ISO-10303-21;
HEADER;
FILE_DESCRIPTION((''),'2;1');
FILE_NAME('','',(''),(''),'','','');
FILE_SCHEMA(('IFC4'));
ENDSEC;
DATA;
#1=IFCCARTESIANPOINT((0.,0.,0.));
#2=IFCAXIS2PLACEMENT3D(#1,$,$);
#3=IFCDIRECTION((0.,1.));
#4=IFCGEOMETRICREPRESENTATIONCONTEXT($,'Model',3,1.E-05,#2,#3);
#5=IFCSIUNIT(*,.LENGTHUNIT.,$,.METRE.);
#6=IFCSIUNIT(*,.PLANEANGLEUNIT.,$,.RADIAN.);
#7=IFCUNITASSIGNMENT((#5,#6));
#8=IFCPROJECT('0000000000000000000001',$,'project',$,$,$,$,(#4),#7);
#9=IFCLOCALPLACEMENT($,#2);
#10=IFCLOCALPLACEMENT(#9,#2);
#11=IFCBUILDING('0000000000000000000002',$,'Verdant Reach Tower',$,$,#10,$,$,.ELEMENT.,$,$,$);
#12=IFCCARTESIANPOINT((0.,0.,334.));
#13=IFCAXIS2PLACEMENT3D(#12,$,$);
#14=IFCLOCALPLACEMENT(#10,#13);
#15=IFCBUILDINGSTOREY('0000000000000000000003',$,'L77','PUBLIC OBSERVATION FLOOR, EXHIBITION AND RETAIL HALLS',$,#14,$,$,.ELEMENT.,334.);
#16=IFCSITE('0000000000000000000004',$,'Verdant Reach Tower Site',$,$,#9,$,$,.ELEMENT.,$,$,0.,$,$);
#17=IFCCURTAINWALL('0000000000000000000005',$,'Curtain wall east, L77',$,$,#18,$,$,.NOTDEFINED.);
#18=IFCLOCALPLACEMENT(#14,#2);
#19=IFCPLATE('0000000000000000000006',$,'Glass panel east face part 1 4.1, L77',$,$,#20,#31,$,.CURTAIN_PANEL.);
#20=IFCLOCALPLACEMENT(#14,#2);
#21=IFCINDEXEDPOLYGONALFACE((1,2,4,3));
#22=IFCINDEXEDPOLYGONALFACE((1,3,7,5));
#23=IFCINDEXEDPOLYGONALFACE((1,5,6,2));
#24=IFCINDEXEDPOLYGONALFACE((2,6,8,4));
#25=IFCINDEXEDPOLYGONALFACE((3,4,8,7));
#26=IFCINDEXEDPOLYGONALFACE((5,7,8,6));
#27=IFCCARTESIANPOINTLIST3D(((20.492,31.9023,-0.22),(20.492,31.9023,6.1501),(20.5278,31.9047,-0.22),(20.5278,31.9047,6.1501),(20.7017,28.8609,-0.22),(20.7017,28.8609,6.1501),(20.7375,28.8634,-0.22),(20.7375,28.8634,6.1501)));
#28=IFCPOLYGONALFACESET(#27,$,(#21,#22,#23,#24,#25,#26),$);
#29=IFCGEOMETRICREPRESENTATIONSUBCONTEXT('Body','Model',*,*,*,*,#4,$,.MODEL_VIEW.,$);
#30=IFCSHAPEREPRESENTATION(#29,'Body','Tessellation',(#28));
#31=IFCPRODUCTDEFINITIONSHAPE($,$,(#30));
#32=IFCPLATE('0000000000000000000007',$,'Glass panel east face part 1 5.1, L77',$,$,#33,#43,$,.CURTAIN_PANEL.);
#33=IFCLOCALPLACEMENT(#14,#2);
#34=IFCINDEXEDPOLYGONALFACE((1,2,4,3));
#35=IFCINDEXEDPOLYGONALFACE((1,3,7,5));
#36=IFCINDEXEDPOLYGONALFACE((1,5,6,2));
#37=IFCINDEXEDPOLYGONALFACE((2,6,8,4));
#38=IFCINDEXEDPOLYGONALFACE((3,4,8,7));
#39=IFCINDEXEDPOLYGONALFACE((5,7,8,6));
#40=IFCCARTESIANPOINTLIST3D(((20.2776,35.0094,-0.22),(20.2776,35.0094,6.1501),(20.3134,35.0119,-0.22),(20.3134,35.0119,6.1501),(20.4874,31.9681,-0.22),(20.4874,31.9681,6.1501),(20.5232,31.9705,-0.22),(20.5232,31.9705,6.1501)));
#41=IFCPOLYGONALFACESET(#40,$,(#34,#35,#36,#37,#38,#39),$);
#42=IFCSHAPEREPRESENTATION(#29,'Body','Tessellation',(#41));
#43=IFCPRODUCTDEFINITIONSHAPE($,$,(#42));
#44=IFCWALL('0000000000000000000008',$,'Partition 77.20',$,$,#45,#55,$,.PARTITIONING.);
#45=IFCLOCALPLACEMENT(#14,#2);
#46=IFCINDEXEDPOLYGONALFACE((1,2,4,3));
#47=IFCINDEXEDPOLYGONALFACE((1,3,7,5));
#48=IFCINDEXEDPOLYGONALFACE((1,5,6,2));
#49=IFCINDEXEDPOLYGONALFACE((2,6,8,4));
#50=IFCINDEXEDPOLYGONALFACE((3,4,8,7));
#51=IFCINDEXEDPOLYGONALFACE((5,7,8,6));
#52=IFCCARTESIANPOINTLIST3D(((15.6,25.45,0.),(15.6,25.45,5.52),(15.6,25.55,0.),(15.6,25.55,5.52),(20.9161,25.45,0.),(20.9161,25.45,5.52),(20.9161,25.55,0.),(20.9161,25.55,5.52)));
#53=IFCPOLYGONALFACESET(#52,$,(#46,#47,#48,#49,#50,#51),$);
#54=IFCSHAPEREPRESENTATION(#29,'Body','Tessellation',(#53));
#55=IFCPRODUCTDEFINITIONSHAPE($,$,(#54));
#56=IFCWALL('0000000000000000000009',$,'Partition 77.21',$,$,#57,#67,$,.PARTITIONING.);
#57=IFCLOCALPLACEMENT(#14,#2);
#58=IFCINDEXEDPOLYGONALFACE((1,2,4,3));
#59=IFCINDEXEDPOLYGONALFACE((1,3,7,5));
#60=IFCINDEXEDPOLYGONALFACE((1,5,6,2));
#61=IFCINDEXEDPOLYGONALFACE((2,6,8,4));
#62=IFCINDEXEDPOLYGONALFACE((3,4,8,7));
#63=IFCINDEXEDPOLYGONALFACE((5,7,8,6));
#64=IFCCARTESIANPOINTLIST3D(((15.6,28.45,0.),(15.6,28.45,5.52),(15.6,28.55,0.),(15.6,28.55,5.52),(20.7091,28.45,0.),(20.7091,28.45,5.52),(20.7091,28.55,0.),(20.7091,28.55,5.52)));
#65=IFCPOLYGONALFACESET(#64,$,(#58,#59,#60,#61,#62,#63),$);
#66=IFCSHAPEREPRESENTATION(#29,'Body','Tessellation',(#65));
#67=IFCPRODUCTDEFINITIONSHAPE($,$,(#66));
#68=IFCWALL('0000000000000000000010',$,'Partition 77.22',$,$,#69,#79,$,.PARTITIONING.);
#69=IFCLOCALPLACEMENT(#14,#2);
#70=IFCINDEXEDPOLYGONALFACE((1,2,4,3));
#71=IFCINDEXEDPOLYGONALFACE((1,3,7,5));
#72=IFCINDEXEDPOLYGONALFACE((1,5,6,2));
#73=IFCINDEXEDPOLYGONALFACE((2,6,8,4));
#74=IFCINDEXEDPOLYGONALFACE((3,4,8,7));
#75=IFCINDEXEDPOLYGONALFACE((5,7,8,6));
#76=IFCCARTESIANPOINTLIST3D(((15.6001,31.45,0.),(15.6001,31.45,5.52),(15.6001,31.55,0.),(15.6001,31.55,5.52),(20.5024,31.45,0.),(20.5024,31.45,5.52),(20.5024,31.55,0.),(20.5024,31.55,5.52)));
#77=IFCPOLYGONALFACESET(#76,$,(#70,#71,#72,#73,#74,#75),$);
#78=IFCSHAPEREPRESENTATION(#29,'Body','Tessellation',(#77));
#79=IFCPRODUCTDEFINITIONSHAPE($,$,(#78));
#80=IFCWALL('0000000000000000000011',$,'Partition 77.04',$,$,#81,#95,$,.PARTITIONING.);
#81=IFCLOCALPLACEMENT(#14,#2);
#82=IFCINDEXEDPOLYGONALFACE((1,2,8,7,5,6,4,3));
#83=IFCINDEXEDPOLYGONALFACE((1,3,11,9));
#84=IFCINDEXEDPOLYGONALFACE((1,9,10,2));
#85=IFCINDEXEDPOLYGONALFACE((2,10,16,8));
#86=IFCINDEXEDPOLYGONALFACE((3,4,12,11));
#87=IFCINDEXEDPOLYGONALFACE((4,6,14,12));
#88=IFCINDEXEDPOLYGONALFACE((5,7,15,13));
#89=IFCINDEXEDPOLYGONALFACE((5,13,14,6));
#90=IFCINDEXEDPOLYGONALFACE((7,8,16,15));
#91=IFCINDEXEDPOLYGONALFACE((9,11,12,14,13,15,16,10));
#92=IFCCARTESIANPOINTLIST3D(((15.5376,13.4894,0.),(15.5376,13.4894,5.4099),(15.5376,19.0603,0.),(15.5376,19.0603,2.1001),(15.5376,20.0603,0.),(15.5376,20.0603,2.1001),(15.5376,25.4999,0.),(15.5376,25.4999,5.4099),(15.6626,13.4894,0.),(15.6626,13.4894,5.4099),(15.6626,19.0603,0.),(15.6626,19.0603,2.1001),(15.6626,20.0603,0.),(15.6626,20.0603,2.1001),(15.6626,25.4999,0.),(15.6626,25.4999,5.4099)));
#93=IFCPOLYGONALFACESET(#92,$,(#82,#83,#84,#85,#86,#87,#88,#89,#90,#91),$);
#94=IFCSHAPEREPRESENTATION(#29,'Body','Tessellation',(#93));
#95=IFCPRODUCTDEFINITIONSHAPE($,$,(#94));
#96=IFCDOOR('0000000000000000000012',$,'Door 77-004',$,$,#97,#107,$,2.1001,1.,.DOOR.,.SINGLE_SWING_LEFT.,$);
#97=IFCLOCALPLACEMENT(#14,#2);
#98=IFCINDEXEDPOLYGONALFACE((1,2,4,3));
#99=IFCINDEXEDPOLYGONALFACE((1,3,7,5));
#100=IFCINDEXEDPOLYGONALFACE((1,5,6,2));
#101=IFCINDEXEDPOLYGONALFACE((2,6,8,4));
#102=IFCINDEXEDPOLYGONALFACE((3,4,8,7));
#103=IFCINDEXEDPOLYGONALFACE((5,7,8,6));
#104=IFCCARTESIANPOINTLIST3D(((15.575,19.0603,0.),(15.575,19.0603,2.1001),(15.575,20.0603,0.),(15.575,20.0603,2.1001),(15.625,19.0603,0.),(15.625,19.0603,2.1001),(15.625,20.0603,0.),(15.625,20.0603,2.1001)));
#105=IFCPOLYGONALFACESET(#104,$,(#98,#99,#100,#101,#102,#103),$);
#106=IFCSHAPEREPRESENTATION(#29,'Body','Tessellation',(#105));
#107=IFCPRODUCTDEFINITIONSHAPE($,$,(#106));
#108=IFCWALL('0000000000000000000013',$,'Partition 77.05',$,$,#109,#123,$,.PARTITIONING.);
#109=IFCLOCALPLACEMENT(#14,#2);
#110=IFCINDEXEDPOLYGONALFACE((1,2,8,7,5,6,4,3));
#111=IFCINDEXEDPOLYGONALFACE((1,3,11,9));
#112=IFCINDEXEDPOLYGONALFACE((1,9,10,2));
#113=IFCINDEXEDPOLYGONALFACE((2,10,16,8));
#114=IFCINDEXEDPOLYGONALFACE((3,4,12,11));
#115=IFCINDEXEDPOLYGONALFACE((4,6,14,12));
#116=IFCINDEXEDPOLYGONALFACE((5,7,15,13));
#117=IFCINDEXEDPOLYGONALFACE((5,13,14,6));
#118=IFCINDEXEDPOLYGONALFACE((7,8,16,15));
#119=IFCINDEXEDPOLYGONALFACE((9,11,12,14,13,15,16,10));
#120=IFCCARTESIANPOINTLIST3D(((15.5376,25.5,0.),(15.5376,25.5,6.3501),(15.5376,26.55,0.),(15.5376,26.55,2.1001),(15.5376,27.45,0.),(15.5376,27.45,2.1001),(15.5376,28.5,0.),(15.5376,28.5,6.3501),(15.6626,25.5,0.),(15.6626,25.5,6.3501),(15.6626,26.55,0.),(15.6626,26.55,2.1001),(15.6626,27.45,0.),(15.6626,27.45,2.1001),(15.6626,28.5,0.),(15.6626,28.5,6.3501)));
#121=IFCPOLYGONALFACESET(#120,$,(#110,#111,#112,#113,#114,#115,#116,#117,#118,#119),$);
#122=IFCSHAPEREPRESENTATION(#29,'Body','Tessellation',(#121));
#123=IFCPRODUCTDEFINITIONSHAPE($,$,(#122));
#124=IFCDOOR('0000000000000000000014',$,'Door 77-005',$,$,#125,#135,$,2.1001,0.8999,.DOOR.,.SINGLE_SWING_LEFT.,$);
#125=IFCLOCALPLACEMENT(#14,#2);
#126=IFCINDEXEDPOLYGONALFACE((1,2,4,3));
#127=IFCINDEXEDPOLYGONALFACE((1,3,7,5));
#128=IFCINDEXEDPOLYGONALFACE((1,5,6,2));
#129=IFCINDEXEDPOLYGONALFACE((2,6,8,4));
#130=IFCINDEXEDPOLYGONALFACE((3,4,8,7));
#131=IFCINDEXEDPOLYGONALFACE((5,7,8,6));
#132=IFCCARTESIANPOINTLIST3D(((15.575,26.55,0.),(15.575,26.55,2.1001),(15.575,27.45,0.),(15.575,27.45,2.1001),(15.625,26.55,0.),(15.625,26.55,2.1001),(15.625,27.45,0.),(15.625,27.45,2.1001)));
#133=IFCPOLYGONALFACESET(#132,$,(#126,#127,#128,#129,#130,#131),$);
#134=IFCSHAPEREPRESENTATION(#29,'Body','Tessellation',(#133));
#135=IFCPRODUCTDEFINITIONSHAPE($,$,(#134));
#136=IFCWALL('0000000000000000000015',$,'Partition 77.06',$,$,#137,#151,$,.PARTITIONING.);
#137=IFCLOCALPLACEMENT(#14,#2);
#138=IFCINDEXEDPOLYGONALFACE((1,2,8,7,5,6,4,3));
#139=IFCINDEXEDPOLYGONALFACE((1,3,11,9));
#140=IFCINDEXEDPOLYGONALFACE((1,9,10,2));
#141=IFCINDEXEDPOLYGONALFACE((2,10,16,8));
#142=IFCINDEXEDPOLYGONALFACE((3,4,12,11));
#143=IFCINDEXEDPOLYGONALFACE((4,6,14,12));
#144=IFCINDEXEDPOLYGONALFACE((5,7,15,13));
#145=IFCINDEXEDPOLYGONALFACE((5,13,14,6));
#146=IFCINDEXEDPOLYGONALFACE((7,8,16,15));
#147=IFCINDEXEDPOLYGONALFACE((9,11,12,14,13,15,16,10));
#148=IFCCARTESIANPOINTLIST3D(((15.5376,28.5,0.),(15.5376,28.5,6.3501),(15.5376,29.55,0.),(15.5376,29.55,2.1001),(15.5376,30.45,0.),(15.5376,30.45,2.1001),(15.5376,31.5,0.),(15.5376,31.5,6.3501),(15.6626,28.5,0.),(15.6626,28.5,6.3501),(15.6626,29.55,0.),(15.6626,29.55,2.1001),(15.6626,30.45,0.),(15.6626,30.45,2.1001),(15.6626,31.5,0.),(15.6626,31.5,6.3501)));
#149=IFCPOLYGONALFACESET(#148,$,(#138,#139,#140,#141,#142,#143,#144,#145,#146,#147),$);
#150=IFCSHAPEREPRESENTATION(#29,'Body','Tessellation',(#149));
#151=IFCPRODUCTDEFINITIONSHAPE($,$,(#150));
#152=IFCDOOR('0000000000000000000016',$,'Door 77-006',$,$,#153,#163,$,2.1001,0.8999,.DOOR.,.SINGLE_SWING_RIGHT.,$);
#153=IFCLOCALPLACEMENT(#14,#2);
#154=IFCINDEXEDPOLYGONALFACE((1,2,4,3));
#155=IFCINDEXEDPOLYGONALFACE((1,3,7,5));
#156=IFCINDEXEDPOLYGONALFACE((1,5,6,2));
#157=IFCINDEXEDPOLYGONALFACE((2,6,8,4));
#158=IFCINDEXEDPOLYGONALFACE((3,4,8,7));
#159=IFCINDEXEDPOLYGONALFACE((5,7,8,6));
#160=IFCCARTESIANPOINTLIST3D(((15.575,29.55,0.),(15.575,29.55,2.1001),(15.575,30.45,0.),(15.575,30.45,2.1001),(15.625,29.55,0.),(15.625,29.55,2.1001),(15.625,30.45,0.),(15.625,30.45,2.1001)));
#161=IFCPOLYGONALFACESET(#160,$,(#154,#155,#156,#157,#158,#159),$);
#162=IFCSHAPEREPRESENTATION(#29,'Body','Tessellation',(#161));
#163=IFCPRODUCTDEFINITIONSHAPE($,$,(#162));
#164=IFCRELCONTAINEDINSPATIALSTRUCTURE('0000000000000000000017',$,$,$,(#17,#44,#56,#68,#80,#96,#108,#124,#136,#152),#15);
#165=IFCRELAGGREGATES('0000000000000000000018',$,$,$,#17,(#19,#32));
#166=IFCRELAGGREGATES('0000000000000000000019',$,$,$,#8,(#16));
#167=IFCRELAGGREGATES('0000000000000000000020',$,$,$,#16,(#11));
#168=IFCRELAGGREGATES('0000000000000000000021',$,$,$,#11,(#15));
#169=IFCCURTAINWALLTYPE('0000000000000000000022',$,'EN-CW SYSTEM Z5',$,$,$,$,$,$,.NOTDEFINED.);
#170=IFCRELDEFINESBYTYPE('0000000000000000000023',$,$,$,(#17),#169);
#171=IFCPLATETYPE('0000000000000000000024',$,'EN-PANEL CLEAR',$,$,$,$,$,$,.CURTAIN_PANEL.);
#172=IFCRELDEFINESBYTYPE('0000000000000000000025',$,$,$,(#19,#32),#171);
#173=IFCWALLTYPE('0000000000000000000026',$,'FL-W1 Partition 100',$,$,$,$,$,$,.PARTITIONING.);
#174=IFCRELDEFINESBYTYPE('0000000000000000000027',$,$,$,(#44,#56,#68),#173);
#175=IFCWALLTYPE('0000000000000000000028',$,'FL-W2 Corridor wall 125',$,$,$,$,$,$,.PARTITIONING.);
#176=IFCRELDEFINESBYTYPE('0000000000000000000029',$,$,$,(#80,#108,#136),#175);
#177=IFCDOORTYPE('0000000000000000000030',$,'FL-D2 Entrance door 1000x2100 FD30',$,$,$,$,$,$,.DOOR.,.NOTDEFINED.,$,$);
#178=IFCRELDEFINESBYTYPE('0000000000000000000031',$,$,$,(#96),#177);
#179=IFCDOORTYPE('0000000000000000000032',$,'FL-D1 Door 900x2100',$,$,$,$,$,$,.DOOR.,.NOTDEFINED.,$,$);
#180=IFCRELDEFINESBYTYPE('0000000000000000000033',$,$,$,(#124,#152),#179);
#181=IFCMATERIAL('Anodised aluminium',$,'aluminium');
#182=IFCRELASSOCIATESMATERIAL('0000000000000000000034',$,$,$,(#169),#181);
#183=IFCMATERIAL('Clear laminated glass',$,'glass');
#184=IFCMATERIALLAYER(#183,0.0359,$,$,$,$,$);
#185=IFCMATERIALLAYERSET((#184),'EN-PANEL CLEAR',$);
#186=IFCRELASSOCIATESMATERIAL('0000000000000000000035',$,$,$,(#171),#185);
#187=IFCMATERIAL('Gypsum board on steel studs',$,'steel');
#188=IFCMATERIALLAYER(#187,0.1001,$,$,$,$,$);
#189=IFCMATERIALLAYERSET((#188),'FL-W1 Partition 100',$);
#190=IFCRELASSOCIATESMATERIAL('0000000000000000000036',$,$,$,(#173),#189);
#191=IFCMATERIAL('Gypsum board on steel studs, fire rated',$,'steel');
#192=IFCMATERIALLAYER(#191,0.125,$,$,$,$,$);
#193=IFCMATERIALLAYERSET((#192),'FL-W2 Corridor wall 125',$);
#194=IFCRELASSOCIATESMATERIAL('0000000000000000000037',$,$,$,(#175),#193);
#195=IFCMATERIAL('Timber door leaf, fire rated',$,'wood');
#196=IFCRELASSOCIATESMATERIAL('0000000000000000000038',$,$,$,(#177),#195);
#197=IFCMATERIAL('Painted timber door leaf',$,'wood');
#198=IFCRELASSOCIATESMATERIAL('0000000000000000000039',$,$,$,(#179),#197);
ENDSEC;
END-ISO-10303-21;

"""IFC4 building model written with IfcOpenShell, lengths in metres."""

from ifc_helpers import new_model, si_unit, direction, frame, frame_2d, origin, origin_2d, place, context, subcontext, project, spatial, rectangle, extrude, material, layer, layer_set, type_object, element, fill, aggregate, save


model = new_model("IFC4")

# Units and contexts
model_context = context("Model", 3, precision=1e-05, world=origin(), true_north=direction((0.0, 1.0)))
body_context = subcontext(model_context, "Body", "Model", "MODEL_VIEW")
ifc_project = project(units=[si_unit("LENGTHUNIT", "METRE"), si_unit("PLANEANGLEUNIT", "RADIAN")], contexts=[model_context])

# Site, building, storey
site_placement = place(None, origin())
site = spatial("IfcSite", under=ifc_project, at=site_placement, Name="Verdant Reach Tower Site", CompositionType="ELEMENT", RefElevation=0.0)
building_placement = place(site_placement, origin())
building = spatial("IfcBuilding", under=site, at=building_placement, Name="Verdant Reach Tower", CompositionType="ELEMENT")
storey_placement = place(building_placement, frame((0.0, 0.0, 334.0)))
storey = spatial("IfcBuildingStorey", under=building, at=storey_placement, Name="L77", Description="PUBLIC OBSERVATION FLOOR, EXHIBITION AND RETAIL HALLS", CompositionType="ELEMENT", Elevation=334.0)

# Curtain wall
ifc_material_1 = material(Name="Anodised aluminium", Category="aluminium")
curtain_wall_type = type_object("IfcCurtainWallType", Name="EN-CW SYSTEM Z5", PredefinedType="NOTDEFINED", material=ifc_material_1)
curtain_wall_placement = place(storey_placement, origin())
curtain_wall = element("IfcCurtainWall", 1, at=curtain_wall_placement, inside=storey, type_object=curtain_wall_type, Name="Curtain wall east, L77", PredefinedType="NOTDEFINED")

# Plates
ifc_material_2 = material(Name="Clear laminated glass", Category="glass")
ifc_layer_1 = layer(ifc_material_2, 0.0359)
ifc_layer_set_1 = layer_set([ifc_layer_1], Name="EN-PANEL CLEAR")
plate_type = type_object("IfcPlateType", Name="EN-PANEL CLEAR", PredefinedType="CURTAIN_PANEL", material=ifc_layer_set_1)
plate_1_placement = place(storey_placement, frame((20.6147, 30.3828, -0.22), z_axis=(0.0, 0.0, 1.0), x_axis=(-0.068802, 0.99763, 0.0)))
plate_1 = element("IfcPlate", 2, at=plate_1_placement, type_object=plate_type, Name="Glass panel east face part 1 4.1, L77", PredefinedType="CURTAIN_PANEL", context=body_context, shape_type="SweptSolid", body=[
    extrude(rectangle(XDim=3.0486, YDim=0.0359, at=origin_2d()), origin(), (0.0, 0.0, 1.0), 6.3701),
])
plate_2_placement = place(storey_placement, frame((20.4004, 33.49, -0.22), z_axis=(0.0, 0.0, 1.0), x_axis=(-0.068802, 0.99763, 0.0)))
plate_2 = element("IfcPlate", 3, at=plate_2_placement, type_object=plate_type, Name="Glass panel east face part 1 5.1, L77", PredefinedType="CURTAIN_PANEL", context=body_context, shape_type="SweptSolid", body=[
    extrude(rectangle(XDim=3.0486, YDim=0.0359, at=origin_2d()), origin(), (0.0, 0.0, 1.0), 6.3701),
])
aggregate(curtain_wall, [plate_1, plate_2])

# Walls
ifc_material_3 = material(Name="Gypsum board on steel studs", Category="steel")
ifc_layer_2 = layer(ifc_material_3, 0.1001)
ifc_layer_set_2 = layer_set([ifc_layer_2], Name="FL-W1 Partition 100")
wall_type_1 = type_object("IfcWallType", Name="FL-W1 Partition 100", PredefinedType="PARTITIONING", material=ifc_layer_set_2)
wall_1_placement = place(storey_placement, frame((20.9163, 25.5, 0.0), z_axis=(0.0, 0.0, 1.0), x_axis=(-1.0, 0.0, 0.0)))
element("IfcWall", 4, at=wall_1_placement, inside=storey, type_object=wall_type_1, Name="Partition 77.20", PredefinedType="PARTITIONING", context=body_context, shape_type="SweptSolid", body=[
    extrude(rectangle(XDim=5.3162, YDim=0.1001, at=frame_2d((2.6582, 0.0))), origin(), (0.0, 0.0, 1.0), 5.52),
])
wall_2_placement = place(storey_placement, frame((20.7092, 28.5, 0.0), z_axis=(0.0, 0.0, 1.0), x_axis=(-1.0, 0.0, 0.0)))
element("IfcWall", 5, at=wall_2_placement, inside=storey, type_object=wall_type_1, Name="Partition 77.21", PredefinedType="PARTITIONING", context=body_context, shape_type="SweptSolid", body=[
    extrude(rectangle(XDim=5.1091, YDim=0.1001, at=frame_2d((2.5547, 0.0))), origin(), (0.0, 0.0, 1.0), 5.52),
])
wall_3_placement = place(storey_placement, frame((20.5024, 31.5, 0.0), z_axis=(0.0, 0.0, 1.0), x_axis=(-1.0, 0.0, 0.0)))
element("IfcWall", 6, at=wall_3_placement, inside=storey, type_object=wall_type_1, Name="Partition 77.22", PredefinedType="PARTITIONING", context=body_context, shape_type="SweptSolid", body=[
    extrude(rectangle(XDim=4.9023, YDim=0.1001, at=frame_2d((2.4512, 0.0))), origin(), (0.0, 0.0, 1.0), 5.52),
])

# Walls, openings, doors
ifc_material_4 = material(Name="Gypsum board on steel studs, fire rated", Category="steel")
ifc_layer_3 = layer(ifc_material_4, 0.125)
ifc_layer_set_3 = layer_set([ifc_layer_3], Name="FL-W2 Corridor wall 125")
wall_type_2 = type_object("IfcWallType", Name="FL-W2 Corridor wall 125", PredefinedType="PARTITIONING", material=ifc_layer_set_3)
wall_4_placement = place(storey_placement, frame((15.6001, 25.5, 0.0), z_axis=(0.0, 0.0, 1.0), x_axis=(0.0, -1.0, 0.0)))
wall_4 = element("IfcWall", 7, at=wall_4_placement, inside=storey, type_object=wall_type_2, Name="Partition 77.04", PredefinedType="PARTITIONING", context=body_context, shape_type="SweptSolid", body=[
    extrude(rectangle(XDim=12.0105, YDim=0.125, at=frame_2d((6.0054, 0.0))), origin(), (0.0, 0.0, 1.0), 5.4099),
])
opening_1_placement = place(wall_4_placement, frame((5.4397, 0.0, 0.0)))
opening_1 = element("IfcOpeningElement", 8, at=opening_1_placement, cuts=wall_4, PredefinedType="OPENING", context=body_context, shape_type="SweptSolid", body=[
    extrude(rectangle(XDim=1.0, YDim=2.1001, at=frame_2d((0.5, 1.05))), frame((0.0, 0.0725, 0.0), z_axis=(0.0, -1.0, 0.0), x_axis=(1.0, 0.0, 0.0)), (0.0, 0.0, 1.0), 0.145),
])
ifc_material_5 = material(Name="Timber door leaf, fire rated", Category="wood")
door_type_1 = type_object("IfcDoorType", Name="FL-D2 Entrance door 1000x2100 FD30", OperationType="NOTDEFINED", PredefinedType="DOOR", material=ifc_material_5)
door_1_placement = place(opening_1_placement, origin())
door_1 = element("IfcDoor", 9, at=door_1_placement, inside=storey, type_object=door_type_1, Name="Door 77-004", OperationType="SINGLE_SWING_LEFT", OverallHeight=2.1001, OverallWidth=1.0, PredefinedType="DOOR", context=body_context, shape_type="SweptSolid", body=[
    extrude(rectangle(XDim=1.0, YDim=2.1001, at=frame_2d((0.5, 1.05))), frame((0.0, 0.0249, 0.0), z_axis=(0.0, -1.0, 0.0), x_axis=(1.0, 0.0, 0.0)), (0.0, 0.0, 1.0), 0.05),
])
fill(opening_1, door_1)
wall_5_placement = place(storey_placement, frame((15.6001, 28.5, 0.0), z_axis=(0.0, 0.0, 1.0), x_axis=(0.0, -1.0, 0.0)))
wall_5 = element("IfcWall", 10, at=wall_5_placement, inside=storey, type_object=wall_type_2, Name="Partition 77.05", PredefinedType="PARTITIONING", context=body_context, shape_type="SweptSolid", body=[
    extrude(rectangle(XDim=3.0, YDim=0.125, at=frame_2d((1.5, 0.0))), origin(), (0.0, 0.0, 1.0), 6.3501),
])
opening_2_placement = place(wall_5_placement, frame((1.05, 0.0, 0.0)))
opening_2 = element("IfcOpeningElement", 11, at=opening_2_placement, cuts=wall_5, PredefinedType="OPENING", context=body_context, shape_type="SweptSolid", body=[
    extrude(rectangle(XDim=0.8999, YDim=2.1001, at=frame_2d((0.45, 1.05))), frame((0.0, 0.0725, 0.0), z_axis=(0.0, -1.0, 0.0), x_axis=(1.0, 0.0, 0.0)), (0.0, 0.0, 1.0), 0.145),
])
ifc_material_6 = material(Name="Painted timber door leaf", Category="wood")
door_type_2 = type_object("IfcDoorType", Name="FL-D1 Door 900x2100", OperationType="NOTDEFINED", PredefinedType="DOOR", material=ifc_material_6)
door_2_placement = place(opening_2_placement, origin())
door_2 = element("IfcDoor", 12, at=door_2_placement, inside=storey, type_object=door_type_2, Name="Door 77-005", OperationType="SINGLE_SWING_LEFT", OverallHeight=2.1001, OverallWidth=0.8999, PredefinedType="DOOR", context=body_context, shape_type="SweptSolid", body=[
    extrude(rectangle(XDim=0.8999, YDim=2.1001, at=frame_2d((0.45, 1.05))), frame((0.0, 0.0249, 0.0), z_axis=(0.0, -1.0, 0.0), x_axis=(1.0, 0.0, 0.0)), (0.0, 0.0, 1.0), 0.05),
])
fill(opening_2, door_2)
wall_6_placement = place(storey_placement, frame((15.6001, 31.5, 0.0), z_axis=(0.0, 0.0, 1.0), x_axis=(0.0, -1.0, 0.0)))
wall_6 = element("IfcWall", 13, at=wall_6_placement, inside=storey, type_object=wall_type_2, Name="Partition 77.06", PredefinedType="PARTITIONING", context=body_context, shape_type="SweptSolid", body=[
    extrude(rectangle(XDim=3.0, YDim=0.125, at=frame_2d((1.5, 0.0))), origin(), (0.0, 0.0, 1.0), 6.3501),
])
opening_3_placement = place(wall_6_placement, frame((1.05, 0.0, 0.0)))
opening_3 = element("IfcOpeningElement", 14, at=opening_3_placement, cuts=wall_6, PredefinedType="OPENING", context=body_context, shape_type="SweptSolid", body=[
    extrude(rectangle(XDim=0.8999, YDim=2.1001, at=frame_2d((0.45, 1.05))), frame((0.0, 0.0725, 0.0), z_axis=(0.0, -1.0, 0.0), x_axis=(1.0, 0.0, 0.0)), (0.0, 0.0, 1.0), 0.145),
])
door_3_placement = place(opening_3_placement, origin())
door_3 = element("IfcDoor", 15, at=door_3_placement, inside=storey, type_object=door_type_2, Name="Door 77-006", OperationType="SINGLE_SWING_RIGHT", OverallHeight=2.1001, OverallWidth=0.8999, PredefinedType="DOOR", context=body_context, shape_type="SweptSolid", body=[
    extrude(rectangle(XDim=0.8999, YDim=2.1001, at=frame_2d((0.45, 1.05))), frame((0.0, 0.0249, 0.0), z_axis=(0.0, -1.0, 0.0), x_axis=(1.0, 0.0, 0.0)), (0.0, 0.0, 1.0), 0.05),
])
fill(opening_3, door_3)

save(model, "model.ifc")
